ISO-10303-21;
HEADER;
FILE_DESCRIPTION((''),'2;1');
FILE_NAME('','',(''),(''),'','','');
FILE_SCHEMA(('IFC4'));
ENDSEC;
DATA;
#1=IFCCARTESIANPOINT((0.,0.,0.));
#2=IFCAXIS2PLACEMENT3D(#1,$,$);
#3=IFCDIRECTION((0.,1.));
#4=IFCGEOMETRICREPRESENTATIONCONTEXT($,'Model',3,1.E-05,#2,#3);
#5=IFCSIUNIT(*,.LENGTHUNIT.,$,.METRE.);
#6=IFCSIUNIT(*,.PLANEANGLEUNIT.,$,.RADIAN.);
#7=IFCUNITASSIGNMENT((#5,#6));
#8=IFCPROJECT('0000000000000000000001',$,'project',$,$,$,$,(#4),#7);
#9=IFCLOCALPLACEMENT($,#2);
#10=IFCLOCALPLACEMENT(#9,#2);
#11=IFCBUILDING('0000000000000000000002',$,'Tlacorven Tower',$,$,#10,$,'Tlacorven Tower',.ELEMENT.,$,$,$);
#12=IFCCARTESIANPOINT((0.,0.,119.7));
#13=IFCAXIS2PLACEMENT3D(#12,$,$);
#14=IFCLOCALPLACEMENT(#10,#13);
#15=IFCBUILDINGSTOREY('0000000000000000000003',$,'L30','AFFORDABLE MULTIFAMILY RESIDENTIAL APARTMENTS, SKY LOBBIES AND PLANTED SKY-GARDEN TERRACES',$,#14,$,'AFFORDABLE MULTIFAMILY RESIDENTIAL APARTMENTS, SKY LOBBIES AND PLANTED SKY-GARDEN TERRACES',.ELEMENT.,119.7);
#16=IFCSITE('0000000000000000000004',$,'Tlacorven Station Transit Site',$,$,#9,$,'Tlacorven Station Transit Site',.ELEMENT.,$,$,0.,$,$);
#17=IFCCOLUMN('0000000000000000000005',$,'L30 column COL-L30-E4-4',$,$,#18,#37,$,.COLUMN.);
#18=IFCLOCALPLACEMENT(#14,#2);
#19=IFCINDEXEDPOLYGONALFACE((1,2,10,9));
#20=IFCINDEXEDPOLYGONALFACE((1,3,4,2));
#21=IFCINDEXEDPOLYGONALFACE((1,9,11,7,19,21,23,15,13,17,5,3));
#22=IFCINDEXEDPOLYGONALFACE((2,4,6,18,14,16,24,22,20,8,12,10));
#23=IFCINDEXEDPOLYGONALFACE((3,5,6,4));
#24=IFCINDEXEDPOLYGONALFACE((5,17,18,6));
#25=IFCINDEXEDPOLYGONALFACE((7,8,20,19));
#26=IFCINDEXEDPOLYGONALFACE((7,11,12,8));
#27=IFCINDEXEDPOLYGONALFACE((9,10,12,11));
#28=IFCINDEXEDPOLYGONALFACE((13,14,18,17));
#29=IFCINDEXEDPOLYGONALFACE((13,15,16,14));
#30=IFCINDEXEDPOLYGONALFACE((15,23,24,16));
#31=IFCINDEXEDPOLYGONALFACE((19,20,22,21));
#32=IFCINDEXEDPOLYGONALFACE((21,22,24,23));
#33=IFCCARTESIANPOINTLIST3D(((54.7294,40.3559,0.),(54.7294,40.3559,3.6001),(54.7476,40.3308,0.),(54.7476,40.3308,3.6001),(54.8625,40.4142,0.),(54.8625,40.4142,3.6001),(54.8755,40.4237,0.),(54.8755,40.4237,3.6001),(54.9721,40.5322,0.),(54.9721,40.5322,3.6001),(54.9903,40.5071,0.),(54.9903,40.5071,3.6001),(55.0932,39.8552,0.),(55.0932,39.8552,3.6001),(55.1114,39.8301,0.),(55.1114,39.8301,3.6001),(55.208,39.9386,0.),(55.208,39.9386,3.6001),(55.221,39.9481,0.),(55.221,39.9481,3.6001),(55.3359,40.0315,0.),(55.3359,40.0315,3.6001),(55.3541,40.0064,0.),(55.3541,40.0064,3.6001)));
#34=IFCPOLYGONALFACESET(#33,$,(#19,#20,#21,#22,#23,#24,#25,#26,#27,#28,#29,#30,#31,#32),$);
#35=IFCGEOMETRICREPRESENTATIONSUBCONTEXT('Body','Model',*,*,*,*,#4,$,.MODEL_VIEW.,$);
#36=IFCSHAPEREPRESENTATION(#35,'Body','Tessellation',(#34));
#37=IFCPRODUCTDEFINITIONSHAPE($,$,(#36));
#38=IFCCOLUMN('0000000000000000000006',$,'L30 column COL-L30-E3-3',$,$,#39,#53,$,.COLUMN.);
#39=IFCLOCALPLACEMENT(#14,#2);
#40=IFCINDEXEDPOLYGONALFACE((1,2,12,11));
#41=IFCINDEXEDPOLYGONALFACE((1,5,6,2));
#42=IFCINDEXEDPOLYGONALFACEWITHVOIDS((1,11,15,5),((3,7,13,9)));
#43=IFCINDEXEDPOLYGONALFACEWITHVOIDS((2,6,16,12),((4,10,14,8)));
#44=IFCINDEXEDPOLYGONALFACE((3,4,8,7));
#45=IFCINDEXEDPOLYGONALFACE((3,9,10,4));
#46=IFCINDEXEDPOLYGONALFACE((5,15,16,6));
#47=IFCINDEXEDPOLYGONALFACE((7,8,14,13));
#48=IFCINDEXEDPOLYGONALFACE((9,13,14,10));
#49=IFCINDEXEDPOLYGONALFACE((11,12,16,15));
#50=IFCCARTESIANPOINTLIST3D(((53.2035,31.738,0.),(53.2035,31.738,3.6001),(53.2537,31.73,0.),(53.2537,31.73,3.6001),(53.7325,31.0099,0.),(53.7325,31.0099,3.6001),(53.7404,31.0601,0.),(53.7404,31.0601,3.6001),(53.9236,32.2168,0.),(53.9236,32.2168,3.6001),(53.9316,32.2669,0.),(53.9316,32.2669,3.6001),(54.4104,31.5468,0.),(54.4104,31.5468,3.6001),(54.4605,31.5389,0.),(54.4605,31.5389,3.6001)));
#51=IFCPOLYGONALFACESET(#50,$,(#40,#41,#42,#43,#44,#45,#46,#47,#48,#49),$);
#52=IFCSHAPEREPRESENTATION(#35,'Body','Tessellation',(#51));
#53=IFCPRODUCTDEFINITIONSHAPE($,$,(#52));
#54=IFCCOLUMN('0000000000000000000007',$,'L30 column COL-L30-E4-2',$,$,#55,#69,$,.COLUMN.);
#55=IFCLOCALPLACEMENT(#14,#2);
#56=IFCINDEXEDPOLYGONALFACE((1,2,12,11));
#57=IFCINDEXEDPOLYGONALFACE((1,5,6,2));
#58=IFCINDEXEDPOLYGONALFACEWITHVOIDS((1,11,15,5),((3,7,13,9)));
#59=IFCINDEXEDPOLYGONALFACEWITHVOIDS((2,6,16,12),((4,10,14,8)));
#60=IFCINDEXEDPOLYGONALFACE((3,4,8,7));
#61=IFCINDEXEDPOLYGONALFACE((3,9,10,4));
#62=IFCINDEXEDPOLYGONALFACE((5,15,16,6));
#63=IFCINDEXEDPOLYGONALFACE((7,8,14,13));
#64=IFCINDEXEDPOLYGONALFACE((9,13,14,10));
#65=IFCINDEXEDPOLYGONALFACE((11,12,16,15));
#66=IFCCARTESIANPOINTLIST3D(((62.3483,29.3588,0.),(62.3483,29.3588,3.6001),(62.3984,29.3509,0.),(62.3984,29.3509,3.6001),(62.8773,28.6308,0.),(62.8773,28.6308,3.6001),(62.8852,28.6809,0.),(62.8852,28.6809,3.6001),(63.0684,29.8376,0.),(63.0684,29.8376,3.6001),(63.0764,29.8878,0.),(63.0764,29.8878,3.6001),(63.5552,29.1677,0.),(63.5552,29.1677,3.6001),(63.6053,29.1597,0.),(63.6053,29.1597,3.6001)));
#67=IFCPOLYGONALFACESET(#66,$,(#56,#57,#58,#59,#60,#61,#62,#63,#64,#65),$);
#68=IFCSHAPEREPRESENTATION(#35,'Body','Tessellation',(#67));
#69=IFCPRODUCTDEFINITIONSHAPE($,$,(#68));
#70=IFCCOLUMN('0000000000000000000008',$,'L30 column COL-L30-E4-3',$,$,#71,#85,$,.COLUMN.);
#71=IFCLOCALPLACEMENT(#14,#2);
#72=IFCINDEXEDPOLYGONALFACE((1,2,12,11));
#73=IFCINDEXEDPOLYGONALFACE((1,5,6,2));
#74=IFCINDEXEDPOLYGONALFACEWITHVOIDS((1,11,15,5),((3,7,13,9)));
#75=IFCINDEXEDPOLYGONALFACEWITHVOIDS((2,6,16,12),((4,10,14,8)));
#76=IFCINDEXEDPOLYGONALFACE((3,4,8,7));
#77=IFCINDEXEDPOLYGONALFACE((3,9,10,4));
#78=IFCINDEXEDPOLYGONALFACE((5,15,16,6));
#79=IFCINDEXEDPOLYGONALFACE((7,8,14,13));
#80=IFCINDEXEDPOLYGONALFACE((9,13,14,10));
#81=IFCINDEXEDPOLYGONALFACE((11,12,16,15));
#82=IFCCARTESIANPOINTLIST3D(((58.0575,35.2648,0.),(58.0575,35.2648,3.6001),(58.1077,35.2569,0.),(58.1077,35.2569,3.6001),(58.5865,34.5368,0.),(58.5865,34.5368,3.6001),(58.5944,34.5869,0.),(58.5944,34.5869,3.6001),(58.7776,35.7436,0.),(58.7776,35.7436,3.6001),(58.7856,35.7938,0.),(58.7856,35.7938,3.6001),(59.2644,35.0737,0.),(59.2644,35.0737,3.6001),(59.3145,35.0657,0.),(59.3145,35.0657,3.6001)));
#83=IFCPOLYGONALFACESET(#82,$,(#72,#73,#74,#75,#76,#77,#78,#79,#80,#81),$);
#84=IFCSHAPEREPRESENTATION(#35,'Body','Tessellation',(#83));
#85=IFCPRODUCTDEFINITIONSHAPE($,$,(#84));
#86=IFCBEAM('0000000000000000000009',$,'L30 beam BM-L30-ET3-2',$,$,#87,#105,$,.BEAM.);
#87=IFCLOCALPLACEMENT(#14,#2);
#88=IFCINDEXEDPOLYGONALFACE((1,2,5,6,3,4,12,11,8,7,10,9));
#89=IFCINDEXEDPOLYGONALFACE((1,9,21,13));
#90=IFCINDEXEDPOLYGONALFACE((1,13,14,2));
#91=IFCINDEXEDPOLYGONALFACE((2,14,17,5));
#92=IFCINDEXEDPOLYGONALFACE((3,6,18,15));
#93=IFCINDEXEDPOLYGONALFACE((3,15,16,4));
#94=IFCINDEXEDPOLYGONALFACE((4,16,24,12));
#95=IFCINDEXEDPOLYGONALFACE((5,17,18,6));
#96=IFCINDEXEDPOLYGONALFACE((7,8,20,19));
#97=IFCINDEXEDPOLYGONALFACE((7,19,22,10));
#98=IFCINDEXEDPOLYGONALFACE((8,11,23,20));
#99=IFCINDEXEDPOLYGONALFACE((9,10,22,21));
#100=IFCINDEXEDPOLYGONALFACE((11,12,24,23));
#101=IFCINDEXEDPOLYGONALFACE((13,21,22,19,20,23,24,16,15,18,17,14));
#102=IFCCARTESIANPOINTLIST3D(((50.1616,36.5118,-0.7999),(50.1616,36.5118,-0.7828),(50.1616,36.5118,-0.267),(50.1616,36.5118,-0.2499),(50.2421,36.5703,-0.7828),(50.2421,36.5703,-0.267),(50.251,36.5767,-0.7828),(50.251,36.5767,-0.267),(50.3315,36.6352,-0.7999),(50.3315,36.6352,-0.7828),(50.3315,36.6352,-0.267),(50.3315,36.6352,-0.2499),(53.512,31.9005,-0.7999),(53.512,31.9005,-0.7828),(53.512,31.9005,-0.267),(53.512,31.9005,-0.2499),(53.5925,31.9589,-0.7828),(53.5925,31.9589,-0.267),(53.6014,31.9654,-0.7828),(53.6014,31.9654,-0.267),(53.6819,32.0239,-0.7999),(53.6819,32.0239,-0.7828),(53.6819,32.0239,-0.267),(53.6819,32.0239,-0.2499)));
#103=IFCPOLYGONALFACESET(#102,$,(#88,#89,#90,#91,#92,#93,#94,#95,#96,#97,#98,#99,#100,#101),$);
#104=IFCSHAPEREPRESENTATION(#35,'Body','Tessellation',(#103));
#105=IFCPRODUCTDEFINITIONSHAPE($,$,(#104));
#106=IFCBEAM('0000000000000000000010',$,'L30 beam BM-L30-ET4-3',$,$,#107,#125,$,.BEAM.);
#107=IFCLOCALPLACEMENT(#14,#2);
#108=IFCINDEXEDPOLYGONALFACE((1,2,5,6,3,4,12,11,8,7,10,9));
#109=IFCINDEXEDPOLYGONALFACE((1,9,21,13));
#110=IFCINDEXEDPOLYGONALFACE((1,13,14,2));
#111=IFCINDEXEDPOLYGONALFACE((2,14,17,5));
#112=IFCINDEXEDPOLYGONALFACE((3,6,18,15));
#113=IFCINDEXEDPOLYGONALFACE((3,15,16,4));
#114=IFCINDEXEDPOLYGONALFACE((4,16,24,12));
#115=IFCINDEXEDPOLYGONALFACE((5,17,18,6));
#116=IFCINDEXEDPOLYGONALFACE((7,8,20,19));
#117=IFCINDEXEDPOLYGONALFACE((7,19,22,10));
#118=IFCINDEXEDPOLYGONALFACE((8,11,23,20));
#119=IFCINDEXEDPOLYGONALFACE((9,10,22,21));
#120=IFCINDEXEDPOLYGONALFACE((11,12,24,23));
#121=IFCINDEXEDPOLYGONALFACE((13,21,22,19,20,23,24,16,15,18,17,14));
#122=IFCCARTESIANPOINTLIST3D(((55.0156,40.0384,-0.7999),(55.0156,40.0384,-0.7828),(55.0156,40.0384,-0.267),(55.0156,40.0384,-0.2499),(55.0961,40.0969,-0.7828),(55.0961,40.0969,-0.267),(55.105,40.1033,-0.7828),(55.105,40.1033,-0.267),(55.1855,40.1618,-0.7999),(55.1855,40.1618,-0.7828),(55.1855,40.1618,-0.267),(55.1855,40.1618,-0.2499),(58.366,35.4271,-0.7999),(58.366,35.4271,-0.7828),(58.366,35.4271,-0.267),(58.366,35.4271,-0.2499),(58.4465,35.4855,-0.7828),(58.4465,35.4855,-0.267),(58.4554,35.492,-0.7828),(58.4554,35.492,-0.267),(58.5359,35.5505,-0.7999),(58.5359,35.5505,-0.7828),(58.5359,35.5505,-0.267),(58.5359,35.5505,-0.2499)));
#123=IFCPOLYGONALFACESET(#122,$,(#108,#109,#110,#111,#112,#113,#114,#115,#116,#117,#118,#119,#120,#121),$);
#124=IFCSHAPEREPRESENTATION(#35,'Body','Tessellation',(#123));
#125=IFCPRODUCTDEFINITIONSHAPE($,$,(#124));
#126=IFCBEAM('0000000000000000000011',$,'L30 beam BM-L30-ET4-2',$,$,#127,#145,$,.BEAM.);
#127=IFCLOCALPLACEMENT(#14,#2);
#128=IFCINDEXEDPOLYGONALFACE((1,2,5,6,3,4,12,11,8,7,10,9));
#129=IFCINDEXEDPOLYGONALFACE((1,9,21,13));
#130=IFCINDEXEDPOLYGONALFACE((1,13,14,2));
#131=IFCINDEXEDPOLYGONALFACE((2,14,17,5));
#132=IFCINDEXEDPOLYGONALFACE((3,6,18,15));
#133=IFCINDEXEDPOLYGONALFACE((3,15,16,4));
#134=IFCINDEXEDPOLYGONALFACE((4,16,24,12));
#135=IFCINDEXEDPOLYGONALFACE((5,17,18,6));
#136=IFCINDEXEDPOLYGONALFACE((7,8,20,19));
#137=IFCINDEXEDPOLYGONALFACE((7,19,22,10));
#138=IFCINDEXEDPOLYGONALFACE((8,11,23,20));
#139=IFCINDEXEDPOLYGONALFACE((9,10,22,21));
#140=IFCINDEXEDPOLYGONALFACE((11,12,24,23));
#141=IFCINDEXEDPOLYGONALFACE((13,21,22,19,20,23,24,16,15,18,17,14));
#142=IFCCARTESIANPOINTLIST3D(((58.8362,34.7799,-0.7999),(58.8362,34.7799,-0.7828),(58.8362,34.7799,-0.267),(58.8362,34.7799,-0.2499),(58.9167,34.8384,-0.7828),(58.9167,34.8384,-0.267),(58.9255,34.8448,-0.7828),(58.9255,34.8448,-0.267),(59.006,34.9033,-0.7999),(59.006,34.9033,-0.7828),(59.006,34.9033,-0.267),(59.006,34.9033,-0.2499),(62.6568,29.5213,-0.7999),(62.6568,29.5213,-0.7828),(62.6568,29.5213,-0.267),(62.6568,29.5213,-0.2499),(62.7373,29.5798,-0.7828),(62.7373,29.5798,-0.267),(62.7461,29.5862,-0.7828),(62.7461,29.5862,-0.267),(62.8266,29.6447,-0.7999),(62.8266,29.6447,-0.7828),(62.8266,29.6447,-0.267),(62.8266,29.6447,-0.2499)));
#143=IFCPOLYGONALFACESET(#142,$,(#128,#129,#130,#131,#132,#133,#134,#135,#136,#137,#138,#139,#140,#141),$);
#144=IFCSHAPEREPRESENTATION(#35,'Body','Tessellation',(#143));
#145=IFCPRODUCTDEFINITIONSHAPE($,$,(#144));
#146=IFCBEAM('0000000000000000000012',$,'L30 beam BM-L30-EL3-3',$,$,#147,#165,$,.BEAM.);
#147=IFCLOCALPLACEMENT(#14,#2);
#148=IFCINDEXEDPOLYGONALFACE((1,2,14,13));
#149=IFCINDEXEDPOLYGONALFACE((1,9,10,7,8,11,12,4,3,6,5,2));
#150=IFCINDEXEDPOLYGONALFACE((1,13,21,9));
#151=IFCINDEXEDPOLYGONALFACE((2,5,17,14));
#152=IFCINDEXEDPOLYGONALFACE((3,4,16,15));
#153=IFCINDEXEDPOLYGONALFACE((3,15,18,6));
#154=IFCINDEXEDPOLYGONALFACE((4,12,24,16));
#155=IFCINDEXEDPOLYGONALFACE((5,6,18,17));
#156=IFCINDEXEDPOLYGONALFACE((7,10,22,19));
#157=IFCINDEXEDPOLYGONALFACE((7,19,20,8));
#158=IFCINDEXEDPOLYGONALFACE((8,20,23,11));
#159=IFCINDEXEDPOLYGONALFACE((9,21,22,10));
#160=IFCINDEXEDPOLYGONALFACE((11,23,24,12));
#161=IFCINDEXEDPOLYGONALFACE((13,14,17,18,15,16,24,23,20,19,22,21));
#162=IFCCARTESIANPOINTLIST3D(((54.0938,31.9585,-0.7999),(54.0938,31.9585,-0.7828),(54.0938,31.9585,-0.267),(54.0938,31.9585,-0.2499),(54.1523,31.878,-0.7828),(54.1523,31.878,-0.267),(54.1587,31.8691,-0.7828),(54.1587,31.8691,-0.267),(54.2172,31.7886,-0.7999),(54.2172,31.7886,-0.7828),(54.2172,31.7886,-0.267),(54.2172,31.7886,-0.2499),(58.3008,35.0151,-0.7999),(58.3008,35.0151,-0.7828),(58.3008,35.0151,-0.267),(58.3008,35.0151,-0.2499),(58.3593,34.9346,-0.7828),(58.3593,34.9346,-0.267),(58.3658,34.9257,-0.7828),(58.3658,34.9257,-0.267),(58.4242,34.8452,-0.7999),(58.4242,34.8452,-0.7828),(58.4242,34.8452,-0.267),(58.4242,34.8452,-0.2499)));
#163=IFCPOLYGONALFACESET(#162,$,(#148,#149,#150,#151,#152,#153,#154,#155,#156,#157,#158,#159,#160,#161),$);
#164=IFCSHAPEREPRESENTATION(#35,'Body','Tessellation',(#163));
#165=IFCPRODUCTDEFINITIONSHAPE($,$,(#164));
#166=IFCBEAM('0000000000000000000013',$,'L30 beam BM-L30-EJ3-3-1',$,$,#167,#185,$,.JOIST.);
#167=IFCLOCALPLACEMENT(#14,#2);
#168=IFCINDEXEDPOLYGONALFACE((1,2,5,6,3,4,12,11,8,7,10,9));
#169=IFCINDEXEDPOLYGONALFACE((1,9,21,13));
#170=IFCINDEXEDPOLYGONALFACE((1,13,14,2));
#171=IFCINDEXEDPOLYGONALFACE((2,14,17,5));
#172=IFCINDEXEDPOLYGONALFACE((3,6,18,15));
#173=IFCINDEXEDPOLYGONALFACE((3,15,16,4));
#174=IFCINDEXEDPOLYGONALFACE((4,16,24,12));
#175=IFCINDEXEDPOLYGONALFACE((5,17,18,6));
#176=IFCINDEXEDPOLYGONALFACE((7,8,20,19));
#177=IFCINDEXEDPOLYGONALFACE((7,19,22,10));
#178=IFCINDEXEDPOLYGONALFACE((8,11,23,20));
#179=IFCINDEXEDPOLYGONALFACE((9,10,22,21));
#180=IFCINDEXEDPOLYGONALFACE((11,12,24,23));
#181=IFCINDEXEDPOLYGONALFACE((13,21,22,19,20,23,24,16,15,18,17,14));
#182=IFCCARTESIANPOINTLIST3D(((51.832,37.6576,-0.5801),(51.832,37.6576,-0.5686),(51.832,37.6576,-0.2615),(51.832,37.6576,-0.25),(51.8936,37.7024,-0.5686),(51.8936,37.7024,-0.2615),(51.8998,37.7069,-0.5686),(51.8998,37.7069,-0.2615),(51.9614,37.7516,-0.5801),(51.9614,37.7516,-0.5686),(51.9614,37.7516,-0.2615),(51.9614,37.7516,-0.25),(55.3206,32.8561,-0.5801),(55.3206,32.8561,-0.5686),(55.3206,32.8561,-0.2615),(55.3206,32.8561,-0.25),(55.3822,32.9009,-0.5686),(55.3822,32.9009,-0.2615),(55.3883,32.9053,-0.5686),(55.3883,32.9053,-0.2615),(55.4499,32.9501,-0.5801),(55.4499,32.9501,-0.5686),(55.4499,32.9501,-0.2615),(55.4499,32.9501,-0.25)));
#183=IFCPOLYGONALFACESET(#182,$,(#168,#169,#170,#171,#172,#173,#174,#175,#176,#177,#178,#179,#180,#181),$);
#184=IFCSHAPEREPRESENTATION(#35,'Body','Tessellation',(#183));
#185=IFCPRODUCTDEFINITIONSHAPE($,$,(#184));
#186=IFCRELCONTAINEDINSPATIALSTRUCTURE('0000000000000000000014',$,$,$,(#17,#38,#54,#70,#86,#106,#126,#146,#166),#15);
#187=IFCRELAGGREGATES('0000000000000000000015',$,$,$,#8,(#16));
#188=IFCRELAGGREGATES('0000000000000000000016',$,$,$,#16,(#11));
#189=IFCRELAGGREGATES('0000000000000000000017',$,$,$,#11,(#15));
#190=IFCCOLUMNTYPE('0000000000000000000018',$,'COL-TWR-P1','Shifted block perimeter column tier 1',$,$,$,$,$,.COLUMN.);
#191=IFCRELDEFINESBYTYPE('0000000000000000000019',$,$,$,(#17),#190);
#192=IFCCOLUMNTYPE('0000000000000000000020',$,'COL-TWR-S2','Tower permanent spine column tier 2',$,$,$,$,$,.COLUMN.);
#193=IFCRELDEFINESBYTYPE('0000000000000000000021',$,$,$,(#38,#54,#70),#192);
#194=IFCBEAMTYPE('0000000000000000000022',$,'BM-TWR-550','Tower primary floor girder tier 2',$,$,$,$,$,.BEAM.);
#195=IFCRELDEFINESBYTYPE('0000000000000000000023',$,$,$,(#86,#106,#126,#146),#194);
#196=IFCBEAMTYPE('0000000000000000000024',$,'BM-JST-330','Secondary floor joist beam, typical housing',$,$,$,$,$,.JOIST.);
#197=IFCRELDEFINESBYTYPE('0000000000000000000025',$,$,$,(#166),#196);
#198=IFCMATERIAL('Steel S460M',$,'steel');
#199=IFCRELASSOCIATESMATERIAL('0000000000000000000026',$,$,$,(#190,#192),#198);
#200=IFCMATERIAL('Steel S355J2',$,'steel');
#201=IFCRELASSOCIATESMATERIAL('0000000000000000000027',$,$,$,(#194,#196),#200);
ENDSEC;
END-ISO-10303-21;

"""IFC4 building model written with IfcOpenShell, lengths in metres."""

from ifc_helpers import new_model, si_unit, direction, frame, origin, origin_2d, place, context, subcontext, project, spatial, hollow_rectangle, i_section, extrude, source, transform, mapped, material, material_profile, profile_set, type_object, element, save


model = new_model("IFC4")

# Units and contexts
model_context = context("Model", 3, precision=1e-05, world=origin(), true_north=direction((0.0, 1.0)))
body_context = subcontext(model_context, "Body", "Model", "MODEL_VIEW")
ifc_project = project(units=[si_unit("LENGTHUNIT", "METRE"), si_unit("PLANEANGLEUNIT", "RADIAN")], contexts=[model_context])

# Site, building, storey
site_placement = place(None, origin())
site = spatial("IfcSite", under=ifc_project, at=site_placement, Name="Tlacorven Station Transit Site", LongName="Tlacorven Station Transit Site", CompositionType="ELEMENT", RefElevation=0.0)
building_placement = place(site_placement, origin())
building = spatial("IfcBuilding", under=site, at=building_placement, Name="Tlacorven Tower", LongName="Tlacorven Tower", CompositionType="ELEMENT")
storey_placement = place(building_placement, frame((0.0, 0.0, 119.7)))
storey = spatial("IfcBuildingStorey", under=building, at=storey_placement, Name="L30", Description="AFFORDABLE MULTIFAMILY RESIDENTIAL APARTMENTS, SKY LOBBIES AND PLANTED SKY-GARDEN TERRACES", LongName="AFFORDABLE MULTIFAMILY RESIDENTIAL APARTMENTS, SKY LOBBIES AND PLANTED SKY-GARDEN TERRACES", CompositionType="ELEMENT", Elevation=119.7)

# Columns
ifc_material_1 = material(Name="Steel S460M", Category="steel")
ifc_material_profile_1 = material_profile(ifc_material_1, i_section(OverallWidth=0.3, OverallDepth=0.6499, WebThickness=0.0161, FlangeThickness=0.031, at=origin_2d()), Name="HEB 650")
ifc_profile_set_1 = profile_set([ifc_material_profile_1], Name="Steel S460M")
column_type_1 = type_object("IfcColumnType", Name="COL-TWR-P1", Description="Shifted block perimeter column tier 1", PredefinedType="COLUMN", material=ifc_profile_set_1)
shared_shape_1 = source(origin(), body_context, "Body", "SweptSolid", [
    extrude(i_section(OverallWidth=0.3, OverallDepth=0.6499, WebThickness=0.0161, FlangeThickness=0.031, at=origin_2d()), origin(), (0.0, 0.0, 1.0), 3.6001),
])
column_placement = place(storey_placement, frame((55.0417, 40.1812, 0.0), z_axis=(0.0, 0.0, 1.0), x_axis=(0.809017, 0.587785, 0.0)))
element("IfcColumn", 1, at=column_placement, inside=storey, type_object=column_type_1, Name="L30 column COL-L30-E4-4", PredefinedType="COLUMN", context=body_context, shape_type="MappedRepresentation", body=[
    mapped(shared_shape_1, transform((0.0, 0.0, 0.0), scale=1.0)),
])
ifc_material_profile_2 = material_profile(ifc_material_1, hollow_rectangle(XDim=0.8999, YDim=0.8999, WallThickness=0.0359, at=origin_2d()), Name="BOX 900X900X36")
ifc_profile_set_2 = profile_set([ifc_material_profile_2], Name="Steel S460M")
column_type_2 = type_object("IfcColumnType", Name="COL-TWR-S2", Description="Tower permanent spine column tier 2", PredefinedType="COLUMN", material=ifc_profile_set_2)
shared_shape_2 = source(origin(), body_context, "Body", "SweptSolid", [
    extrude(hollow_rectangle(XDim=0.8999, YDim=0.8999, WallThickness=0.0359, at=origin_2d()), origin(), (0.0, 0.0, 1.0), 3.6001),
])
for number, where, z_axis, x_axis, name in (
    (2, (53.832, 31.6384, 0.0), (0.0, 0.0, 1.0), (0.809017, 0.587785, 0.0), "L30 column COL-L30-E3-3"),
    (3, (62.9768, 29.2593, 0.0), (0.0, 0.0, 1.0), (0.809017, 0.587785, 0.0), "L30 column COL-L30-E4-2"),
    (4, (58.686, 35.1653, 0.0), (0.0, 0.0, 1.0), (0.809017, 0.587785, 0.0), "L30 column COL-L30-E4-3"),
):
    element("IfcColumn", number, at=place(storey_placement, frame(where, z_axis=z_axis, x_axis=x_axis)), inside=storey, type_object=column_type_2, Name=name, PredefinedType="COLUMN", context=body_context, shape_type="MappedRepresentation", body=[
        mapped(shared_shape_2, transform((0.0, 0.0, 0.0), scale=1.0)),
    ])

# Beams
ifc_material_2 = material(Name="Steel S355J2", Category="steel")
ifc_material_profile_3 = material_profile(ifc_material_2, i_section(OverallWidth=0.21, OverallDepth=0.55, WebThickness=0.011, FlangeThickness=0.0171, at=origin_2d()), Name="IPE 550")
ifc_profile_set_3 = profile_set([ifc_material_profile_3], Name="Steel S355J2")
beam_type_1 = type_object("IfcBeamType", Name="BM-TWR-550", Description="Tower primary floor girder tier 2", PredefinedType="BEAM", material=ifc_profile_set_3)
shared_shape_3 = source(origin(), body_context, "Body", "SweptSolid", [
    extrude(i_section(OverallWidth=0.21, OverallDepth=0.55, WebThickness=0.011, FlangeThickness=0.0171, at=origin_2d()), origin(), (0.0, 0.0, 1.0), 5.7),
])
for number, where, z_axis, x_axis, name in (
    (5, (53.5969, 31.9622, -0.5249), (-0.587787, 0.809016, 0.0), (-0.809016, -0.587787, 0.0), "L30 beam BM-L30-ET3-2"),
    (6, (58.4509, 35.4888, -0.5249), (-0.587787, 0.809016, 0.0), (-0.809016, -0.587787, 0.0), "L30 beam BM-L30-ET4-3"),
):
    element("IfcBeam", number, at=place(storey_placement, frame(where, z_axis=z_axis, x_axis=x_axis)), inside=storey, type_object=beam_type_1, Name=name, PredefinedType="BEAM", context=body_context, shape_type="MappedRepresentation", body=[
        mapped(shared_shape_3, transform((0.0, 0.0, 0.0), scale=1.0)),
    ])
shared_shape_4 = source(origin(), body_context, "Body", "SweptSolid", [
    extrude(i_section(OverallWidth=0.21, OverallDepth=0.55, WebThickness=0.011, FlangeThickness=0.0171, at=origin_2d()), origin(), (0.0, 0.0, 1.0), 6.5),
])
beam_1_placement = place(storey_placement, frame((62.7417, 29.583, -0.5249), z_axis=(-0.587785, 0.809017, 0.0), x_axis=(-0.809017, -0.587785, 0.0)))
element("IfcBeam", 7, at=beam_1_placement, inside=storey, type_object=beam_type_1, Name="L30 beam BM-L30-ET4-2", PredefinedType="BEAM", context=body_context, shape_type="MappedRepresentation", body=[
    mapped(shared_shape_4, transform((0.0, 0.0, 0.0), scale=1.0)),
])
shared_shape_5 = source(origin(), body_context, "Body", "SweptSolid", [
    extrude(i_section(OverallWidth=0.21, OverallDepth=0.55, WebThickness=0.011, FlangeThickness=0.0171, at=origin_2d()), origin(), (0.0, 0.0, 1.0), 5.2002),
])
beam_2_placement = place(storey_placement, frame((54.1555, 31.8735, -0.5249), z_axis=(0.809012, 0.587792, 0.0), x_axis=(-0.587792, 0.809012, 0.0)))
element("IfcBeam", 8, at=beam_2_placement, inside=storey, type_object=beam_type_1, Name="L30 beam BM-L30-EL3-3", PredefinedType="BEAM", context=body_context, shape_type="MappedRepresentation", body=[
    mapped(shared_shape_5, transform((0.0, 0.0, 0.0), scale=1.0)),
])
ifc_material_profile_4 = material_profile(ifc_material_2, i_section(OverallWidth=0.1599, OverallDepth=0.3301, WebThickness=0.0076, FlangeThickness=0.0115, at=origin_2d()), Name="IPE 330")
ifc_profile_set_4 = profile_set([ifc_material_profile_4], Name="Steel S355J2")
beam_type_2 = type_object("IfcBeamType", Name="BM-JST-330", Description="Secondary floor joist beam, typical housing", PredefinedType="JOIST", material=ifc_profile_set_4)
shared_shape_6 = source(origin(), body_context, "Body", "SweptSolid", [
    extrude(i_section(OverallWidth=0.1599, OverallDepth=0.3301, WebThickness=0.0076, FlangeThickness=0.0115, at=origin_2d()), origin(), (0.0, 0.0, 1.0), 5.9351),
])
for number, where, z_axis, x_axis, name in (
    (9, (55.3853, 32.9031, -0.415), (-0.587788, 0.809015, 0.0), (-0.809015, -0.587788, 0.0), "L30 beam BM-L30-EJ3-3-1"),
):
    element("IfcBeam", number, at=place(storey_placement, frame(where, z_axis=z_axis, x_axis=x_axis)), inside=storey, type_object=beam_type_2, Name=name, PredefinedType="JOIST", context=body_context, shape_type="MappedRepresentation", body=[
        mapped(shared_shape_6, transform((0.0, 0.0, 0.0), scale=1.0)),
    ])

save(model, "model.ifc")
